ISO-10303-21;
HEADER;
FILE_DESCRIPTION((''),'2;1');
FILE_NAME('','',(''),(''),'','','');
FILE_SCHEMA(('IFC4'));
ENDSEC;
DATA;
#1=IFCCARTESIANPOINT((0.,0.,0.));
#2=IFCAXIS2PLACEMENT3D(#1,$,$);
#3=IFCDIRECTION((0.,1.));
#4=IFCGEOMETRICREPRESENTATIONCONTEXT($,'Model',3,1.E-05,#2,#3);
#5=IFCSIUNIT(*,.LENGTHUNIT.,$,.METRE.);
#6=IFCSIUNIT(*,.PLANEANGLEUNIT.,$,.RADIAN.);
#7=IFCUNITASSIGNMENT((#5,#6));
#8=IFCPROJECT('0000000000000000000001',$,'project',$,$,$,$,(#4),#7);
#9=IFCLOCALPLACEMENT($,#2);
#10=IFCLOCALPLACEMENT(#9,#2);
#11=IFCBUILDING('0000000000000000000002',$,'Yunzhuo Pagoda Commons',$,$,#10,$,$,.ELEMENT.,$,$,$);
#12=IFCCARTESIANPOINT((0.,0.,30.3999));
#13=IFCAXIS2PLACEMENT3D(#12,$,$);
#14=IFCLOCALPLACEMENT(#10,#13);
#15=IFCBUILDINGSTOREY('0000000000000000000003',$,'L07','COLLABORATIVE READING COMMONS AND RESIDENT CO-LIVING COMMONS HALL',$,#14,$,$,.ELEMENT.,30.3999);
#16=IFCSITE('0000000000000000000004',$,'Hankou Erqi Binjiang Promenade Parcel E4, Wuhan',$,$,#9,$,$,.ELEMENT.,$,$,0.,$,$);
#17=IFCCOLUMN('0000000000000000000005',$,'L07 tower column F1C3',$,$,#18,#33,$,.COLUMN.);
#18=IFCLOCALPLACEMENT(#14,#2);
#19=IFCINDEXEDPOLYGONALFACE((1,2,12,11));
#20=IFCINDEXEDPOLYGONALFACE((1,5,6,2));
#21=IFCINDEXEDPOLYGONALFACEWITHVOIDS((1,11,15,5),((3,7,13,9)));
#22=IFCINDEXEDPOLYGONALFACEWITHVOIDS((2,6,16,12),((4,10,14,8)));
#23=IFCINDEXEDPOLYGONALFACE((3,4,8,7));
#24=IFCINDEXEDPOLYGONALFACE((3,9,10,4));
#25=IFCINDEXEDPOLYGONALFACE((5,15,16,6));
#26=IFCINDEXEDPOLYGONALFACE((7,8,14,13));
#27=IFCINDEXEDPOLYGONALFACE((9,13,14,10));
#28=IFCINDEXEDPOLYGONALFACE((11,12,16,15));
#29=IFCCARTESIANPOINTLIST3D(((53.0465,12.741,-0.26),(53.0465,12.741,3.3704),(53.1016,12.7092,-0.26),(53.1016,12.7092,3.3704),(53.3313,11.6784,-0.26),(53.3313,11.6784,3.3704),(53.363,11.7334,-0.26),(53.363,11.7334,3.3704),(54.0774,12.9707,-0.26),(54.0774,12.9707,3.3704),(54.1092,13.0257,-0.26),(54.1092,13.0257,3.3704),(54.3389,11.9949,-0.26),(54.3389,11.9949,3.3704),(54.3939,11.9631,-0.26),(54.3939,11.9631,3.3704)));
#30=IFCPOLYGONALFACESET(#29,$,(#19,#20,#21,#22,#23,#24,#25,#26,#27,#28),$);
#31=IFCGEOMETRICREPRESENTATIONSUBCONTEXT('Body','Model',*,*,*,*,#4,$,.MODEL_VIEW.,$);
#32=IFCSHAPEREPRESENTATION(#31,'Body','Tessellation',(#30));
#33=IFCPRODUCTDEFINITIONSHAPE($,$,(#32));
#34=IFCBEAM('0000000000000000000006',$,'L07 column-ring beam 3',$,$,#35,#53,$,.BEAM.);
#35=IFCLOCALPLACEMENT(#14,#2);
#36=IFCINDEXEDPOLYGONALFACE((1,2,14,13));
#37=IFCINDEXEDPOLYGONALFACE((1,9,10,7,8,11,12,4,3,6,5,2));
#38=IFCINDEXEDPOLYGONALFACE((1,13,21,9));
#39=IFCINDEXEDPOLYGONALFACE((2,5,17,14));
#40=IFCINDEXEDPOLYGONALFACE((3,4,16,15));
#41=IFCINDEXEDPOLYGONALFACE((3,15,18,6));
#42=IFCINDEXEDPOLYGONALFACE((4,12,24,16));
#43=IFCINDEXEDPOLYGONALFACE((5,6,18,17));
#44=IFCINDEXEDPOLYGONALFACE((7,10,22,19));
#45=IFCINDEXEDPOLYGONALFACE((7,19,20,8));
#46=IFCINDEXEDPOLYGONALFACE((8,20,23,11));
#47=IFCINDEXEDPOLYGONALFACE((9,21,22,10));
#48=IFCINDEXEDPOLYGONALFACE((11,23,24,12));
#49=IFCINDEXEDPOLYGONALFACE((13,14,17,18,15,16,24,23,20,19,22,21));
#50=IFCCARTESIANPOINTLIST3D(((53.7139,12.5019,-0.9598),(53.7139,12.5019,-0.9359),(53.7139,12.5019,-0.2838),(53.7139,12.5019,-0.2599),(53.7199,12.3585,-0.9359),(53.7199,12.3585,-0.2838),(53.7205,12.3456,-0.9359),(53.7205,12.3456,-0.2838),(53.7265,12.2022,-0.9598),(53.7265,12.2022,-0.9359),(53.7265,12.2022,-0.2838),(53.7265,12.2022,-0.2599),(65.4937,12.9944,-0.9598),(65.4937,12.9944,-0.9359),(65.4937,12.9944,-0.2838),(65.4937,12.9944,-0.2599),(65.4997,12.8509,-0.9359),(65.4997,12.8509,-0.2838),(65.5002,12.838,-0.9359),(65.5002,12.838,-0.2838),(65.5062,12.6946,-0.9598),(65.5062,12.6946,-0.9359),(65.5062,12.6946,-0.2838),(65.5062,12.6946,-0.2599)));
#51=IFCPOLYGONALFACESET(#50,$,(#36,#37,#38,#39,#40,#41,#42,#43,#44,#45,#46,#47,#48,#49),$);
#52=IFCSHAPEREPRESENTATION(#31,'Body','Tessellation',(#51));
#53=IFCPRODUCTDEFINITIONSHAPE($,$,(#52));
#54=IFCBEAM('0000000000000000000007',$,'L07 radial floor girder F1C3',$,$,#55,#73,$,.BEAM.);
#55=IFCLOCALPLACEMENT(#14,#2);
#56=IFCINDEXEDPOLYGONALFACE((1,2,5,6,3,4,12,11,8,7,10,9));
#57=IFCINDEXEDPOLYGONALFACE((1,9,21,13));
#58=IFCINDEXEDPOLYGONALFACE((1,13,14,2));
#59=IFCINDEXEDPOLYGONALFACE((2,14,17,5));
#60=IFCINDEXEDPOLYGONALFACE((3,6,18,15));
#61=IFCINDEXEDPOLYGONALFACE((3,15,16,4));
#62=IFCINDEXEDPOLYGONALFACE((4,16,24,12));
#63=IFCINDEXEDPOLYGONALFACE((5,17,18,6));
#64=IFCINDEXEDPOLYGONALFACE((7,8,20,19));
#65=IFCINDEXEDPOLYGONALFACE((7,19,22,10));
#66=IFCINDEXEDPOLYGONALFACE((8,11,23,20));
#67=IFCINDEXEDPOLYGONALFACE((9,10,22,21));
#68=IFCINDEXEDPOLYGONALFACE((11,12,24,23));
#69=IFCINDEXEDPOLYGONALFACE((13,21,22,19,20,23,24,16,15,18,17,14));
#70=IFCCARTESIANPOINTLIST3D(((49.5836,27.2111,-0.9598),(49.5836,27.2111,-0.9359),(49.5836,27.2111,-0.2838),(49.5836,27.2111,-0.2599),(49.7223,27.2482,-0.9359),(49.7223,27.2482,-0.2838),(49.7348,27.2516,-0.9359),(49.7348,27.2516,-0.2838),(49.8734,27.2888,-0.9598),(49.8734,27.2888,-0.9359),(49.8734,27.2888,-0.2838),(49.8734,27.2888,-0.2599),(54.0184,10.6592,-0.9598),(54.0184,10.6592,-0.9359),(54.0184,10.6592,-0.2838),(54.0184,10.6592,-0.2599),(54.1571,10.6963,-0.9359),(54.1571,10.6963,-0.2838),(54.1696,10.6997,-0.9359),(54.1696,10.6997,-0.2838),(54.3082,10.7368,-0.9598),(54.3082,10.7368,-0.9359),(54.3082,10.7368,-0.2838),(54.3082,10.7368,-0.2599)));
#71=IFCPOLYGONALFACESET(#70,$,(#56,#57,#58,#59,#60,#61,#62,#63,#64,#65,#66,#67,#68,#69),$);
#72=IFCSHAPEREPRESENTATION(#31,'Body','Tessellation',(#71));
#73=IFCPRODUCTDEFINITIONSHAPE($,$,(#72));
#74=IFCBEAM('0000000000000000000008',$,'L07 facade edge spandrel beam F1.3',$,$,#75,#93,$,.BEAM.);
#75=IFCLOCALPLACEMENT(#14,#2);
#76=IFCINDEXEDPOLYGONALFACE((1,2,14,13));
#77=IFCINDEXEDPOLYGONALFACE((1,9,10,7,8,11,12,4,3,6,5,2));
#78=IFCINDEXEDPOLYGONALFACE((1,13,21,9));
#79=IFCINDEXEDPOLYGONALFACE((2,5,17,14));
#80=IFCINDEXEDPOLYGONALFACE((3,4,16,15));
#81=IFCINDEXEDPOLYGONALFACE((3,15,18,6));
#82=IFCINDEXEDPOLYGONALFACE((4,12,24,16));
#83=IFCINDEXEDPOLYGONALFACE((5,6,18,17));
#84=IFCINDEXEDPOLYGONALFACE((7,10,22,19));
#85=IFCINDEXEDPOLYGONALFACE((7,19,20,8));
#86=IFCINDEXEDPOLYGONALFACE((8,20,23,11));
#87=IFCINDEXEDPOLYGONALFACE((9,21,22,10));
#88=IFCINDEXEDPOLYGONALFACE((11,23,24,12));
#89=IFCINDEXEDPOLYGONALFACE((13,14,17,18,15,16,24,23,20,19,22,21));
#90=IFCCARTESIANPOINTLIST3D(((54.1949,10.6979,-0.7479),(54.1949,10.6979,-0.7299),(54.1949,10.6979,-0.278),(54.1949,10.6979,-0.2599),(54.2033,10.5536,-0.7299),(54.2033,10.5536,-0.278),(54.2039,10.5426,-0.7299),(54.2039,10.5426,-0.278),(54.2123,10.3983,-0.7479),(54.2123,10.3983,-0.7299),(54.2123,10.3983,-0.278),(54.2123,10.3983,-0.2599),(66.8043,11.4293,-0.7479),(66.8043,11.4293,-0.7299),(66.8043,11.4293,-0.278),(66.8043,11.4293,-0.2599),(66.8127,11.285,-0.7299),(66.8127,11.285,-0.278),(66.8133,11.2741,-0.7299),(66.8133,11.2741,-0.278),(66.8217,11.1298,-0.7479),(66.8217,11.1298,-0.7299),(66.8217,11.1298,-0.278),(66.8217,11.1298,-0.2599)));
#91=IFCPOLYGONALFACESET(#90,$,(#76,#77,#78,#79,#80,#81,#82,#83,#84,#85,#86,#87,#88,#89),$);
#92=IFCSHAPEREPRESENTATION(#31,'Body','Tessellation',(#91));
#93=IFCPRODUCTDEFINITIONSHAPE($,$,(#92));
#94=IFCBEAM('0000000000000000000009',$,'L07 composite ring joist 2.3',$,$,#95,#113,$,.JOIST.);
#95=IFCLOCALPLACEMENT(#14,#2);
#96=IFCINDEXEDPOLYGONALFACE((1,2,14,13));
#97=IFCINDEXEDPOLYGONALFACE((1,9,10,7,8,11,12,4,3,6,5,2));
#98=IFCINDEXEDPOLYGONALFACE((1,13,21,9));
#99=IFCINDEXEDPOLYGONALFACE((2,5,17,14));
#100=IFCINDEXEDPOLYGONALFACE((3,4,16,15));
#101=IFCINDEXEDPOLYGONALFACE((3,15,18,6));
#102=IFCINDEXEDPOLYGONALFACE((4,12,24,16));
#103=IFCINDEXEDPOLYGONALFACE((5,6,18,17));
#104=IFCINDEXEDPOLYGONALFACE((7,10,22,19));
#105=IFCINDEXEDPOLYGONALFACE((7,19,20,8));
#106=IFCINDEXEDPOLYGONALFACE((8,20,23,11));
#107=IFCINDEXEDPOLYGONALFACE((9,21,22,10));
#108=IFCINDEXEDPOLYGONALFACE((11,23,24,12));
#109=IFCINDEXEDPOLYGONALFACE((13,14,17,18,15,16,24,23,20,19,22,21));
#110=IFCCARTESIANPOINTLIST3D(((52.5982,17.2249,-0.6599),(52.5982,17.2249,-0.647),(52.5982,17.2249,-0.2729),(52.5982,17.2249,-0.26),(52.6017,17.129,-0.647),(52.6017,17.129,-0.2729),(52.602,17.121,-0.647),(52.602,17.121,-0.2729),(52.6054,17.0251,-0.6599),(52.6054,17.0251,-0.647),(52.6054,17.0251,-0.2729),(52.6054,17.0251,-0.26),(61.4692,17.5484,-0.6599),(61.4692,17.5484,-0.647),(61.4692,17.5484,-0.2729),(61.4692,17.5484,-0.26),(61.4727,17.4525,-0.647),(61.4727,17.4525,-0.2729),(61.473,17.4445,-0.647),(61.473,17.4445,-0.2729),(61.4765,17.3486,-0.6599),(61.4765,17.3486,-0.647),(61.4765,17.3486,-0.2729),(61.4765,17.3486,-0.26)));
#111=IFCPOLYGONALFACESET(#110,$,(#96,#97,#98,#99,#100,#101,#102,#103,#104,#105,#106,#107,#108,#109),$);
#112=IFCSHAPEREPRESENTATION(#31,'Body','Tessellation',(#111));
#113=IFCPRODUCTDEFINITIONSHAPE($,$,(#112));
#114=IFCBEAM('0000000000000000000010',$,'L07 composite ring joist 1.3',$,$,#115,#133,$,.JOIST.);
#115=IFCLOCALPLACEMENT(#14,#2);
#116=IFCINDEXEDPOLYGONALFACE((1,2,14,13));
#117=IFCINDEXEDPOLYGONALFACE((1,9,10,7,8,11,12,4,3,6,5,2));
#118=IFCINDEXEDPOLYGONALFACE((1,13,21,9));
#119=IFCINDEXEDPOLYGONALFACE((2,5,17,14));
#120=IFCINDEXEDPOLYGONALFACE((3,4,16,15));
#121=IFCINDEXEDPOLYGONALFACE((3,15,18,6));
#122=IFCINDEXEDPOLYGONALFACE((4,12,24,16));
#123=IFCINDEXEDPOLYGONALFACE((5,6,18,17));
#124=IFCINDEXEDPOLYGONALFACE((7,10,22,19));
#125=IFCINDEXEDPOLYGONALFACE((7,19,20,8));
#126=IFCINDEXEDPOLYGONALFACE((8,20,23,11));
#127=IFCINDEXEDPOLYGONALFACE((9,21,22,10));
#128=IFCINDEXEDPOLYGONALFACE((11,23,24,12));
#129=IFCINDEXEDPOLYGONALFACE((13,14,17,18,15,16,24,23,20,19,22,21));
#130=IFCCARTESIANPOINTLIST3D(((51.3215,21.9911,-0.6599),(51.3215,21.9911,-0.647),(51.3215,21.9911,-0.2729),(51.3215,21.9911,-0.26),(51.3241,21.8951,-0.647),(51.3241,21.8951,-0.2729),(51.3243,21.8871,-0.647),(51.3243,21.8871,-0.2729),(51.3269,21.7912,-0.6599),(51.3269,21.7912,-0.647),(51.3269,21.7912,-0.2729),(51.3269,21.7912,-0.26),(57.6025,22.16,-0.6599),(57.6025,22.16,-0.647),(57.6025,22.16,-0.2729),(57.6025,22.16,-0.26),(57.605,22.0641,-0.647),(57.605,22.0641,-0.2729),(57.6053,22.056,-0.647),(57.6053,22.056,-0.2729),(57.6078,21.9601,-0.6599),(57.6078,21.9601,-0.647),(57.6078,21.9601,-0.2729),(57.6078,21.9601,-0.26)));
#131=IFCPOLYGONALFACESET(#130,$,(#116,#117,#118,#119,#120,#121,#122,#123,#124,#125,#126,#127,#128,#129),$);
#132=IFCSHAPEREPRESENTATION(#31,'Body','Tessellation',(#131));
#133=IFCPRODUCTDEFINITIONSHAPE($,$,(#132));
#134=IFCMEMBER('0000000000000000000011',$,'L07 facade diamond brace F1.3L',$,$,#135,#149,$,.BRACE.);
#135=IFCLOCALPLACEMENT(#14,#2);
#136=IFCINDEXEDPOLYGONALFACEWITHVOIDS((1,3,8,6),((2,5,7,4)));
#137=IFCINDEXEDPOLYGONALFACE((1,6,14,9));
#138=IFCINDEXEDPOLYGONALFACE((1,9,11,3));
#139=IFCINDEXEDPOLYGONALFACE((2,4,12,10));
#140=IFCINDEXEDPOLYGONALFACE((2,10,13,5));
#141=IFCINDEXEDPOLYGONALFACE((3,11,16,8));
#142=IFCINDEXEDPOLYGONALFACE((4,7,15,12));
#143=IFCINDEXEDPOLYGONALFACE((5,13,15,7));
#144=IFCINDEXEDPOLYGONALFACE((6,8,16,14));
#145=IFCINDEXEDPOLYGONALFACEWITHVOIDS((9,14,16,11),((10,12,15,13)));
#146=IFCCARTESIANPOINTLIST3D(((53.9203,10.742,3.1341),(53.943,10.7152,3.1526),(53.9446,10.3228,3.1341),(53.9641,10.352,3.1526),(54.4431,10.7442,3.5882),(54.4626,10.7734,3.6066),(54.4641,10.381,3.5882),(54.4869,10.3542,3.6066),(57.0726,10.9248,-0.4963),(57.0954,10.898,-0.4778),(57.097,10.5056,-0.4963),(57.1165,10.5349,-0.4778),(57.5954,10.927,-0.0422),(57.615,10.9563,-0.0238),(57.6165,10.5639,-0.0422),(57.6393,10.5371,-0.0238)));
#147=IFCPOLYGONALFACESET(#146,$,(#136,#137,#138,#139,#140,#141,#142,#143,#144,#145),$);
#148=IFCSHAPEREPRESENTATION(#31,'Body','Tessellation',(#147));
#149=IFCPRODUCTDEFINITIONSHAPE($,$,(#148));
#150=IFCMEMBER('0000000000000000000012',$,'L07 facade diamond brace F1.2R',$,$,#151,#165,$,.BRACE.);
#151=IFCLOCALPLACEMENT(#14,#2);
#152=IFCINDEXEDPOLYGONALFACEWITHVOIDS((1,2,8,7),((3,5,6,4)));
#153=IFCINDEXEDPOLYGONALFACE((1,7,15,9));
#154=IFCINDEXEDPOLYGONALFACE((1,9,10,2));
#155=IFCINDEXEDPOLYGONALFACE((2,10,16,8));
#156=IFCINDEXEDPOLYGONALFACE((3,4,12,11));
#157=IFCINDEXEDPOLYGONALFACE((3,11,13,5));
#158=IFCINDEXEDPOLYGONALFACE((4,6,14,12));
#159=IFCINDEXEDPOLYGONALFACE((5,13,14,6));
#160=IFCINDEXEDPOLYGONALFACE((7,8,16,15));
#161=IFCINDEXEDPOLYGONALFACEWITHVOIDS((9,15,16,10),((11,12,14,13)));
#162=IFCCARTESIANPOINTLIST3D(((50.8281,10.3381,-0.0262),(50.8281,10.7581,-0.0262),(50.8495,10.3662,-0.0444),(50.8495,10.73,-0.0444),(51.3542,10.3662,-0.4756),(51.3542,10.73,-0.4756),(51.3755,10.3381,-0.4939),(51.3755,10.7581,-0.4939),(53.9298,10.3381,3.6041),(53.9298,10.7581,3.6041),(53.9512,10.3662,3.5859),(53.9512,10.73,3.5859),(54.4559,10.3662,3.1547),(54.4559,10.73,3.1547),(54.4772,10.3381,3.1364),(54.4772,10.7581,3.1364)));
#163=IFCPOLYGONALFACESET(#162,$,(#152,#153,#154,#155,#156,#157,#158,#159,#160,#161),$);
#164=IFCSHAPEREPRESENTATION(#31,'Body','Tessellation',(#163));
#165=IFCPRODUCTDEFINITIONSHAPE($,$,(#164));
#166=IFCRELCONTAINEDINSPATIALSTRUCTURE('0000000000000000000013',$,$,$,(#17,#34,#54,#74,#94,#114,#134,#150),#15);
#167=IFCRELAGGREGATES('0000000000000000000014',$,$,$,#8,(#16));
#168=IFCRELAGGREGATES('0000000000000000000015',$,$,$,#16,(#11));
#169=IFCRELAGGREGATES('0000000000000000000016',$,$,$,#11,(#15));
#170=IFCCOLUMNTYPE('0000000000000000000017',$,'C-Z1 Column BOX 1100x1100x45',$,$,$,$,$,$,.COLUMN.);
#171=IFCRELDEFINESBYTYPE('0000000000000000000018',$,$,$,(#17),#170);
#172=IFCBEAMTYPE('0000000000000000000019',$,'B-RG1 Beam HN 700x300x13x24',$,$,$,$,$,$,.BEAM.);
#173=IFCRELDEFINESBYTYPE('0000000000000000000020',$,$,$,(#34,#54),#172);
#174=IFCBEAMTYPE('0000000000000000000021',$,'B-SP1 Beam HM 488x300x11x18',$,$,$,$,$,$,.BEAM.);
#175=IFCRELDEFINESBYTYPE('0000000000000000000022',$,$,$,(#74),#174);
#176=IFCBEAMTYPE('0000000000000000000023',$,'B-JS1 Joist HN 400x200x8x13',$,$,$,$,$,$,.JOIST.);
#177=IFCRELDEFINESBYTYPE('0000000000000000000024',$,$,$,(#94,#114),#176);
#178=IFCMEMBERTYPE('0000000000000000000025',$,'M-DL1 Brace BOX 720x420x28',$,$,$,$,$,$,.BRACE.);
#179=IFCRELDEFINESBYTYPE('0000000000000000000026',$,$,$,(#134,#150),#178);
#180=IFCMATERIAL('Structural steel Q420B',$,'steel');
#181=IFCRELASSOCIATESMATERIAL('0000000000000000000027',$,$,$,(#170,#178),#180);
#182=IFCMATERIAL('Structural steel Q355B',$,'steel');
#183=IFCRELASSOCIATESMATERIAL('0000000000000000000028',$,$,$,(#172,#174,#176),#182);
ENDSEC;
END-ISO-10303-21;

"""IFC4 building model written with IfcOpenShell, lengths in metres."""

from ifc_helpers import new_model, si_unit, direction, frame, origin, origin_2d, place, context, subcontext, project, spatial, hollow_rectangle, i_section, extrude, source, transform, mapped, material, material_profile, profile_set, type_object, element, save


model = new_model("IFC4")

# Units and contexts
model_context = context("Model", 3, precision=1e-05, world=origin(), true_north=direction((0.0, 1.0)))
body_context = subcontext(model_context, "Body", "Model", "MODEL_VIEW")
ifc_project = project(units=[si_unit("LENGTHUNIT", "METRE"), si_unit("PLANEANGLEUNIT", "RADIAN")], contexts=[model_context])

# Site, building, storey
site_placement = place(None, origin())
site = spatial("IfcSite", under=ifc_project, at=site_placement, Name="Hankou Erqi Binjiang Promenade Parcel E4, Wuhan", CompositionType="ELEMENT", RefElevation=0.0)
building_placement = place(site_placement, origin())
building = spatial("IfcBuilding", under=site, at=building_placement, Name="Yunzhuo Pagoda Commons", CompositionType="ELEMENT")
storey_placement = place(building_placement, frame((0.0, 0.0, 30.3999)))
storey = spatial("IfcBuildingStorey", under=building, at=storey_placement, Name="L07", Description="COLLABORATIVE READING COMMONS AND RESIDENT CO-LIVING COMMONS HALL", CompositionType="ELEMENT", Elevation=30.3999)

# Column
ifc_material_1 = material(Name="Structural steel Q420B", Category="steel")
ifc_material_profile_1 = material_profile(ifc_material_1, hollow_rectangle(XDim=1.1001, YDim=1.1001, WallThickness=0.0449, at=origin_2d()), Name="Structural steel Q420B")
ifc_profile_set_1 = profile_set([ifc_material_profile_1], Name="Structural steel Q420B")
column_type = type_object("IfcColumnType", Name="C-Z1 Column BOX 1100x1100x45", PredefinedType="COLUMN", material=ifc_profile_set_1)
shared_shape_1 = source(origin(), body_context, "Body", "SweptSolid", [
    extrude(hollow_rectangle(XDim=1.1001, YDim=1.1001, WallThickness=0.0449, at=origin_2d()), origin(), (0.0, 0.0, 1.0), 3.6304),
])
column_placement = place(storey_placement, frame((53.7202, 12.3521, -0.26), z_axis=(0.0, 0.0, 1.0), x_axis=(0.965926, 0.258819, 0.0)))
element("IfcColumn", 1, at=column_placement, inside=storey, type_object=column_type, Name="L07 tower column F1C3", PredefinedType="COLUMN", context=body_context, shape_type="MappedRepresentation", body=[
    mapped(shared_shape_1, transform((0.0, 0.0, 0.0), scale=1.0)),
])

# Beams
ifc_material_2 = material(Name="Structural steel Q355B", Category="steel")
ifc_material_profile_2 = material_profile(ifc_material_2, i_section(OverallWidth=0.3, OverallDepth=0.7, WebThickness=0.0129, FlangeThickness=0.0239, at=origin_2d()), Name="Structural steel Q355B")
ifc_profile_set_2 = profile_set([ifc_material_profile_2], Name="Structural steel Q355B")
beam_type_1 = type_object("IfcBeamType", Name="B-RG1 Beam HN 700x300x13x24", PredefinedType="BEAM", material=ifc_profile_set_2)
shared_shape_2 = source(origin(), body_context, "Body", "SweptSolid", [
    extrude(i_section(OverallWidth=0.3, OverallDepth=0.7, WebThickness=0.0129, FlangeThickness=0.0239, at=origin_2d()), origin(), (0.0, 0.0, 1.0), 11.79),
])
beam_1_placement = place(storey_placement, frame((53.7202, 12.3521, -0.6099), z_axis=(0.999127, 0.041767, 0.0), x_axis=(-0.041767, 0.999127, 0.0)))
element("IfcBeam", 2, at=beam_1_placement, inside=storey, type_object=beam_type_1, Name="L07 column-ring beam 3", PredefinedType="BEAM", context=body_context, shape_type="MappedRepresentation", body=[
    mapped(shared_shape_2, transform((0.0, 0.0, 0.0), scale=1.0)),
])
shared_shape_3 = source(origin(), body_context, "Body", "SweptSolid", [
    extrude(i_section(OverallWidth=0.3, OverallDepth=0.7, WebThickness=0.0129, FlangeThickness=0.0239, at=origin_2d()), origin(), (0.0, 0.0, 1.0), 17.1357),
])
beam_2_placement = place(storey_placement, frame((54.1633, 10.698, -0.6099), z_axis=(-0.258804, 0.96593, 0.0), x_axis=(-0.96593, -0.258804, 0.0)))
element("IfcBeam", 3, at=beam_2_placement, inside=storey, type_object=beam_type_1, Name="L07 radial floor girder F1C3", PredefinedType="BEAM", context=body_context, shape_type="MappedRepresentation", body=[
    mapped(shared_shape_3, transform((0.0, 0.0, 0.0), scale=1.0)),
])
ifc_material_profile_3 = material_profile(ifc_material_2, i_section(OverallWidth=0.3, OverallDepth=0.488, WebThickness=0.011, FlangeThickness=0.0181, at=origin_2d()), Name="Structural steel Q355B")
ifc_profile_set_3 = profile_set([ifc_material_profile_3], Name="Structural steel Q355B")
beam_type_2 = type_object("IfcBeamType", Name="B-SP1 Beam HM 488x300x11x18", PredefinedType="BEAM", material=ifc_profile_set_3)
shared_shape_4 = source(origin(), body_context, "Body", "SweptSolid", [
    extrude(i_section(OverallWidth=0.3, OverallDepth=0.488, WebThickness=0.011, FlangeThickness=0.0181, at=origin_2d()), origin(), (0.0, 0.0, 1.0), 12.6306),
])
beam_3_placement = place(storey_placement, frame((54.2036, 10.5481, -0.5039), z_axis=(0.998322, 0.057911, 0.0), x_axis=(-0.057911, 0.998322, 0.0)))
element("IfcBeam", 4, at=beam_3_placement, inside=storey, type_object=beam_type_2, Name="L07 facade edge spandrel beam F1.3", PredefinedType="BEAM", context=body_context, shape_type="MappedRepresentation", body=[
    mapped(shared_shape_4, transform((0.0, 0.0, 0.0), scale=1.0)),
])
ifc_material_profile_4 = material_profile(ifc_material_2, i_section(OverallWidth=0.2, OverallDepth=0.3999, WebThickness=0.0081, FlangeThickness=0.0129, at=origin_2d()), Name="Structural steel Q355B")
ifc_profile_set_4 = profile_set([ifc_material_profile_4], Name="Structural steel Q355B")
beam_type_3 = type_object("IfcBeamType", Name="B-JS1 Joist HN 400x200x8x13", PredefinedType="JOIST", material=ifc_profile_set_4)
shared_shape_5 = source(origin(), body_context, "Body", "SweptSolid", [
    extrude(i_section(OverallWidth=0.2, OverallDepth=0.3999, WebThickness=0.0081, FlangeThickness=0.0129, at=origin_2d()), origin(), (0.0, 0.0, 1.0), 8.877),
])
beam_4_placement = place(storey_placement, frame((52.6018, 17.125, -0.46), z_axis=(0.999336, 0.036441, 0.0), x_axis=(-0.036441, 0.999336, 0.0)))
element("IfcBeam", 5, at=beam_4_placement, inside=storey, type_object=beam_type_3, Name="L07 composite ring joist 2.3", PredefinedType="JOIST", context=body_context, shape_type="MappedRepresentation", body=[
    mapped(shared_shape_5, transform((0.0, 0.0, 0.0), scale=1.0)),
])
shared_shape_6 = source(origin(), body_context, "Body", "SweptSolid", [
    extrude(i_section(OverallWidth=0.2, OverallDepth=0.3999, WebThickness=0.0081, FlangeThickness=0.0129, at=origin_2d()), origin(), (0.0, 0.0, 1.0), 6.2832),
])
beam_5_placement = place(storey_placement, frame((51.3242, 21.8911, -0.46), z_axis=(0.999638, 0.026888, 0.0), x_axis=(-0.026888, 0.999638, 0.0)))
element("IfcBeam", 6, at=beam_5_placement, inside=storey, type_object=beam_type_3, Name="L07 composite ring joist 1.3", PredefinedType="JOIST", context=body_context, shape_type="MappedRepresentation", body=[
    mapped(shared_shape_6, transform((0.0, 0.0, 0.0), scale=1.0)),
])

# Members
ifc_material_profile_5 = material_profile(ifc_material_1, hollow_rectangle(XDim=0.4199, YDim=0.72, WallThickness=0.0281, at=origin_2d()), Name="Structural steel Q420B")
ifc_profile_set_5 = profile_set([ifc_material_profile_5], Name="Structural steel Q420B")
member_type_1 = type_object("IfcMemberType", Name="M-DL1 Brace BOX 720x420x28", PredefinedType="BRACE", material=ifc_profile_set_5)
shared_shape_7 = source(origin(), body_context, "Body", "SweptSolid", [
    extrude(hollow_rectangle(XDim=0.4199, YDim=0.72, WallThickness=0.0281, at=origin_2d()), origin(), (0.0, 0.0, 1.0), 4.8115),
])
member_1_placement = place(storey_placement, frame((57.356, 10.731, -0.26), z_axis=(-0.655172, -0.038005, 0.754523), x_axis=(0.057911, -0.998322, 0.0)))
element("IfcMember", 7, at=member_1_placement, inside=storey, type_object=member_type_1, Name="L07 facade diamond brace F1.3L", PredefinedType="BRACE", context=body_context, shape_type="MappedRepresentation", body=[
    mapped(shared_shape_7, transform((0.0, 0.0, 0.0), scale=1.0)),
])
shared_shape_8 = source(origin(), body_context, "Body", "SweptSolid", [
    extrude(hollow_rectangle(XDim=0.4199, YDim=0.72, WallThickness=0.0281, at=origin_2d()), origin(), (0.0, 0.0, 1.0), 4.7749),
])
member_2_placement = place(storey_placement, frame((51.1018, 10.5481, -0.26), z_axis=(0.649591, 0.0, 0.760284), x_axis=(0.0, 1.0, 0.0)))
element("IfcMember", 8, at=member_2_placement, inside=storey, type_object=member_type_1, Name="L07 facade diamond brace F1.2R", PredefinedType="BRACE", context=body_context, shape_type="MappedRepresentation", body=[
    mapped(shared_shape_8, transform((0.0, 0.0, 0.0), scale=1.0)),
])

save(model, "model.ifc")
